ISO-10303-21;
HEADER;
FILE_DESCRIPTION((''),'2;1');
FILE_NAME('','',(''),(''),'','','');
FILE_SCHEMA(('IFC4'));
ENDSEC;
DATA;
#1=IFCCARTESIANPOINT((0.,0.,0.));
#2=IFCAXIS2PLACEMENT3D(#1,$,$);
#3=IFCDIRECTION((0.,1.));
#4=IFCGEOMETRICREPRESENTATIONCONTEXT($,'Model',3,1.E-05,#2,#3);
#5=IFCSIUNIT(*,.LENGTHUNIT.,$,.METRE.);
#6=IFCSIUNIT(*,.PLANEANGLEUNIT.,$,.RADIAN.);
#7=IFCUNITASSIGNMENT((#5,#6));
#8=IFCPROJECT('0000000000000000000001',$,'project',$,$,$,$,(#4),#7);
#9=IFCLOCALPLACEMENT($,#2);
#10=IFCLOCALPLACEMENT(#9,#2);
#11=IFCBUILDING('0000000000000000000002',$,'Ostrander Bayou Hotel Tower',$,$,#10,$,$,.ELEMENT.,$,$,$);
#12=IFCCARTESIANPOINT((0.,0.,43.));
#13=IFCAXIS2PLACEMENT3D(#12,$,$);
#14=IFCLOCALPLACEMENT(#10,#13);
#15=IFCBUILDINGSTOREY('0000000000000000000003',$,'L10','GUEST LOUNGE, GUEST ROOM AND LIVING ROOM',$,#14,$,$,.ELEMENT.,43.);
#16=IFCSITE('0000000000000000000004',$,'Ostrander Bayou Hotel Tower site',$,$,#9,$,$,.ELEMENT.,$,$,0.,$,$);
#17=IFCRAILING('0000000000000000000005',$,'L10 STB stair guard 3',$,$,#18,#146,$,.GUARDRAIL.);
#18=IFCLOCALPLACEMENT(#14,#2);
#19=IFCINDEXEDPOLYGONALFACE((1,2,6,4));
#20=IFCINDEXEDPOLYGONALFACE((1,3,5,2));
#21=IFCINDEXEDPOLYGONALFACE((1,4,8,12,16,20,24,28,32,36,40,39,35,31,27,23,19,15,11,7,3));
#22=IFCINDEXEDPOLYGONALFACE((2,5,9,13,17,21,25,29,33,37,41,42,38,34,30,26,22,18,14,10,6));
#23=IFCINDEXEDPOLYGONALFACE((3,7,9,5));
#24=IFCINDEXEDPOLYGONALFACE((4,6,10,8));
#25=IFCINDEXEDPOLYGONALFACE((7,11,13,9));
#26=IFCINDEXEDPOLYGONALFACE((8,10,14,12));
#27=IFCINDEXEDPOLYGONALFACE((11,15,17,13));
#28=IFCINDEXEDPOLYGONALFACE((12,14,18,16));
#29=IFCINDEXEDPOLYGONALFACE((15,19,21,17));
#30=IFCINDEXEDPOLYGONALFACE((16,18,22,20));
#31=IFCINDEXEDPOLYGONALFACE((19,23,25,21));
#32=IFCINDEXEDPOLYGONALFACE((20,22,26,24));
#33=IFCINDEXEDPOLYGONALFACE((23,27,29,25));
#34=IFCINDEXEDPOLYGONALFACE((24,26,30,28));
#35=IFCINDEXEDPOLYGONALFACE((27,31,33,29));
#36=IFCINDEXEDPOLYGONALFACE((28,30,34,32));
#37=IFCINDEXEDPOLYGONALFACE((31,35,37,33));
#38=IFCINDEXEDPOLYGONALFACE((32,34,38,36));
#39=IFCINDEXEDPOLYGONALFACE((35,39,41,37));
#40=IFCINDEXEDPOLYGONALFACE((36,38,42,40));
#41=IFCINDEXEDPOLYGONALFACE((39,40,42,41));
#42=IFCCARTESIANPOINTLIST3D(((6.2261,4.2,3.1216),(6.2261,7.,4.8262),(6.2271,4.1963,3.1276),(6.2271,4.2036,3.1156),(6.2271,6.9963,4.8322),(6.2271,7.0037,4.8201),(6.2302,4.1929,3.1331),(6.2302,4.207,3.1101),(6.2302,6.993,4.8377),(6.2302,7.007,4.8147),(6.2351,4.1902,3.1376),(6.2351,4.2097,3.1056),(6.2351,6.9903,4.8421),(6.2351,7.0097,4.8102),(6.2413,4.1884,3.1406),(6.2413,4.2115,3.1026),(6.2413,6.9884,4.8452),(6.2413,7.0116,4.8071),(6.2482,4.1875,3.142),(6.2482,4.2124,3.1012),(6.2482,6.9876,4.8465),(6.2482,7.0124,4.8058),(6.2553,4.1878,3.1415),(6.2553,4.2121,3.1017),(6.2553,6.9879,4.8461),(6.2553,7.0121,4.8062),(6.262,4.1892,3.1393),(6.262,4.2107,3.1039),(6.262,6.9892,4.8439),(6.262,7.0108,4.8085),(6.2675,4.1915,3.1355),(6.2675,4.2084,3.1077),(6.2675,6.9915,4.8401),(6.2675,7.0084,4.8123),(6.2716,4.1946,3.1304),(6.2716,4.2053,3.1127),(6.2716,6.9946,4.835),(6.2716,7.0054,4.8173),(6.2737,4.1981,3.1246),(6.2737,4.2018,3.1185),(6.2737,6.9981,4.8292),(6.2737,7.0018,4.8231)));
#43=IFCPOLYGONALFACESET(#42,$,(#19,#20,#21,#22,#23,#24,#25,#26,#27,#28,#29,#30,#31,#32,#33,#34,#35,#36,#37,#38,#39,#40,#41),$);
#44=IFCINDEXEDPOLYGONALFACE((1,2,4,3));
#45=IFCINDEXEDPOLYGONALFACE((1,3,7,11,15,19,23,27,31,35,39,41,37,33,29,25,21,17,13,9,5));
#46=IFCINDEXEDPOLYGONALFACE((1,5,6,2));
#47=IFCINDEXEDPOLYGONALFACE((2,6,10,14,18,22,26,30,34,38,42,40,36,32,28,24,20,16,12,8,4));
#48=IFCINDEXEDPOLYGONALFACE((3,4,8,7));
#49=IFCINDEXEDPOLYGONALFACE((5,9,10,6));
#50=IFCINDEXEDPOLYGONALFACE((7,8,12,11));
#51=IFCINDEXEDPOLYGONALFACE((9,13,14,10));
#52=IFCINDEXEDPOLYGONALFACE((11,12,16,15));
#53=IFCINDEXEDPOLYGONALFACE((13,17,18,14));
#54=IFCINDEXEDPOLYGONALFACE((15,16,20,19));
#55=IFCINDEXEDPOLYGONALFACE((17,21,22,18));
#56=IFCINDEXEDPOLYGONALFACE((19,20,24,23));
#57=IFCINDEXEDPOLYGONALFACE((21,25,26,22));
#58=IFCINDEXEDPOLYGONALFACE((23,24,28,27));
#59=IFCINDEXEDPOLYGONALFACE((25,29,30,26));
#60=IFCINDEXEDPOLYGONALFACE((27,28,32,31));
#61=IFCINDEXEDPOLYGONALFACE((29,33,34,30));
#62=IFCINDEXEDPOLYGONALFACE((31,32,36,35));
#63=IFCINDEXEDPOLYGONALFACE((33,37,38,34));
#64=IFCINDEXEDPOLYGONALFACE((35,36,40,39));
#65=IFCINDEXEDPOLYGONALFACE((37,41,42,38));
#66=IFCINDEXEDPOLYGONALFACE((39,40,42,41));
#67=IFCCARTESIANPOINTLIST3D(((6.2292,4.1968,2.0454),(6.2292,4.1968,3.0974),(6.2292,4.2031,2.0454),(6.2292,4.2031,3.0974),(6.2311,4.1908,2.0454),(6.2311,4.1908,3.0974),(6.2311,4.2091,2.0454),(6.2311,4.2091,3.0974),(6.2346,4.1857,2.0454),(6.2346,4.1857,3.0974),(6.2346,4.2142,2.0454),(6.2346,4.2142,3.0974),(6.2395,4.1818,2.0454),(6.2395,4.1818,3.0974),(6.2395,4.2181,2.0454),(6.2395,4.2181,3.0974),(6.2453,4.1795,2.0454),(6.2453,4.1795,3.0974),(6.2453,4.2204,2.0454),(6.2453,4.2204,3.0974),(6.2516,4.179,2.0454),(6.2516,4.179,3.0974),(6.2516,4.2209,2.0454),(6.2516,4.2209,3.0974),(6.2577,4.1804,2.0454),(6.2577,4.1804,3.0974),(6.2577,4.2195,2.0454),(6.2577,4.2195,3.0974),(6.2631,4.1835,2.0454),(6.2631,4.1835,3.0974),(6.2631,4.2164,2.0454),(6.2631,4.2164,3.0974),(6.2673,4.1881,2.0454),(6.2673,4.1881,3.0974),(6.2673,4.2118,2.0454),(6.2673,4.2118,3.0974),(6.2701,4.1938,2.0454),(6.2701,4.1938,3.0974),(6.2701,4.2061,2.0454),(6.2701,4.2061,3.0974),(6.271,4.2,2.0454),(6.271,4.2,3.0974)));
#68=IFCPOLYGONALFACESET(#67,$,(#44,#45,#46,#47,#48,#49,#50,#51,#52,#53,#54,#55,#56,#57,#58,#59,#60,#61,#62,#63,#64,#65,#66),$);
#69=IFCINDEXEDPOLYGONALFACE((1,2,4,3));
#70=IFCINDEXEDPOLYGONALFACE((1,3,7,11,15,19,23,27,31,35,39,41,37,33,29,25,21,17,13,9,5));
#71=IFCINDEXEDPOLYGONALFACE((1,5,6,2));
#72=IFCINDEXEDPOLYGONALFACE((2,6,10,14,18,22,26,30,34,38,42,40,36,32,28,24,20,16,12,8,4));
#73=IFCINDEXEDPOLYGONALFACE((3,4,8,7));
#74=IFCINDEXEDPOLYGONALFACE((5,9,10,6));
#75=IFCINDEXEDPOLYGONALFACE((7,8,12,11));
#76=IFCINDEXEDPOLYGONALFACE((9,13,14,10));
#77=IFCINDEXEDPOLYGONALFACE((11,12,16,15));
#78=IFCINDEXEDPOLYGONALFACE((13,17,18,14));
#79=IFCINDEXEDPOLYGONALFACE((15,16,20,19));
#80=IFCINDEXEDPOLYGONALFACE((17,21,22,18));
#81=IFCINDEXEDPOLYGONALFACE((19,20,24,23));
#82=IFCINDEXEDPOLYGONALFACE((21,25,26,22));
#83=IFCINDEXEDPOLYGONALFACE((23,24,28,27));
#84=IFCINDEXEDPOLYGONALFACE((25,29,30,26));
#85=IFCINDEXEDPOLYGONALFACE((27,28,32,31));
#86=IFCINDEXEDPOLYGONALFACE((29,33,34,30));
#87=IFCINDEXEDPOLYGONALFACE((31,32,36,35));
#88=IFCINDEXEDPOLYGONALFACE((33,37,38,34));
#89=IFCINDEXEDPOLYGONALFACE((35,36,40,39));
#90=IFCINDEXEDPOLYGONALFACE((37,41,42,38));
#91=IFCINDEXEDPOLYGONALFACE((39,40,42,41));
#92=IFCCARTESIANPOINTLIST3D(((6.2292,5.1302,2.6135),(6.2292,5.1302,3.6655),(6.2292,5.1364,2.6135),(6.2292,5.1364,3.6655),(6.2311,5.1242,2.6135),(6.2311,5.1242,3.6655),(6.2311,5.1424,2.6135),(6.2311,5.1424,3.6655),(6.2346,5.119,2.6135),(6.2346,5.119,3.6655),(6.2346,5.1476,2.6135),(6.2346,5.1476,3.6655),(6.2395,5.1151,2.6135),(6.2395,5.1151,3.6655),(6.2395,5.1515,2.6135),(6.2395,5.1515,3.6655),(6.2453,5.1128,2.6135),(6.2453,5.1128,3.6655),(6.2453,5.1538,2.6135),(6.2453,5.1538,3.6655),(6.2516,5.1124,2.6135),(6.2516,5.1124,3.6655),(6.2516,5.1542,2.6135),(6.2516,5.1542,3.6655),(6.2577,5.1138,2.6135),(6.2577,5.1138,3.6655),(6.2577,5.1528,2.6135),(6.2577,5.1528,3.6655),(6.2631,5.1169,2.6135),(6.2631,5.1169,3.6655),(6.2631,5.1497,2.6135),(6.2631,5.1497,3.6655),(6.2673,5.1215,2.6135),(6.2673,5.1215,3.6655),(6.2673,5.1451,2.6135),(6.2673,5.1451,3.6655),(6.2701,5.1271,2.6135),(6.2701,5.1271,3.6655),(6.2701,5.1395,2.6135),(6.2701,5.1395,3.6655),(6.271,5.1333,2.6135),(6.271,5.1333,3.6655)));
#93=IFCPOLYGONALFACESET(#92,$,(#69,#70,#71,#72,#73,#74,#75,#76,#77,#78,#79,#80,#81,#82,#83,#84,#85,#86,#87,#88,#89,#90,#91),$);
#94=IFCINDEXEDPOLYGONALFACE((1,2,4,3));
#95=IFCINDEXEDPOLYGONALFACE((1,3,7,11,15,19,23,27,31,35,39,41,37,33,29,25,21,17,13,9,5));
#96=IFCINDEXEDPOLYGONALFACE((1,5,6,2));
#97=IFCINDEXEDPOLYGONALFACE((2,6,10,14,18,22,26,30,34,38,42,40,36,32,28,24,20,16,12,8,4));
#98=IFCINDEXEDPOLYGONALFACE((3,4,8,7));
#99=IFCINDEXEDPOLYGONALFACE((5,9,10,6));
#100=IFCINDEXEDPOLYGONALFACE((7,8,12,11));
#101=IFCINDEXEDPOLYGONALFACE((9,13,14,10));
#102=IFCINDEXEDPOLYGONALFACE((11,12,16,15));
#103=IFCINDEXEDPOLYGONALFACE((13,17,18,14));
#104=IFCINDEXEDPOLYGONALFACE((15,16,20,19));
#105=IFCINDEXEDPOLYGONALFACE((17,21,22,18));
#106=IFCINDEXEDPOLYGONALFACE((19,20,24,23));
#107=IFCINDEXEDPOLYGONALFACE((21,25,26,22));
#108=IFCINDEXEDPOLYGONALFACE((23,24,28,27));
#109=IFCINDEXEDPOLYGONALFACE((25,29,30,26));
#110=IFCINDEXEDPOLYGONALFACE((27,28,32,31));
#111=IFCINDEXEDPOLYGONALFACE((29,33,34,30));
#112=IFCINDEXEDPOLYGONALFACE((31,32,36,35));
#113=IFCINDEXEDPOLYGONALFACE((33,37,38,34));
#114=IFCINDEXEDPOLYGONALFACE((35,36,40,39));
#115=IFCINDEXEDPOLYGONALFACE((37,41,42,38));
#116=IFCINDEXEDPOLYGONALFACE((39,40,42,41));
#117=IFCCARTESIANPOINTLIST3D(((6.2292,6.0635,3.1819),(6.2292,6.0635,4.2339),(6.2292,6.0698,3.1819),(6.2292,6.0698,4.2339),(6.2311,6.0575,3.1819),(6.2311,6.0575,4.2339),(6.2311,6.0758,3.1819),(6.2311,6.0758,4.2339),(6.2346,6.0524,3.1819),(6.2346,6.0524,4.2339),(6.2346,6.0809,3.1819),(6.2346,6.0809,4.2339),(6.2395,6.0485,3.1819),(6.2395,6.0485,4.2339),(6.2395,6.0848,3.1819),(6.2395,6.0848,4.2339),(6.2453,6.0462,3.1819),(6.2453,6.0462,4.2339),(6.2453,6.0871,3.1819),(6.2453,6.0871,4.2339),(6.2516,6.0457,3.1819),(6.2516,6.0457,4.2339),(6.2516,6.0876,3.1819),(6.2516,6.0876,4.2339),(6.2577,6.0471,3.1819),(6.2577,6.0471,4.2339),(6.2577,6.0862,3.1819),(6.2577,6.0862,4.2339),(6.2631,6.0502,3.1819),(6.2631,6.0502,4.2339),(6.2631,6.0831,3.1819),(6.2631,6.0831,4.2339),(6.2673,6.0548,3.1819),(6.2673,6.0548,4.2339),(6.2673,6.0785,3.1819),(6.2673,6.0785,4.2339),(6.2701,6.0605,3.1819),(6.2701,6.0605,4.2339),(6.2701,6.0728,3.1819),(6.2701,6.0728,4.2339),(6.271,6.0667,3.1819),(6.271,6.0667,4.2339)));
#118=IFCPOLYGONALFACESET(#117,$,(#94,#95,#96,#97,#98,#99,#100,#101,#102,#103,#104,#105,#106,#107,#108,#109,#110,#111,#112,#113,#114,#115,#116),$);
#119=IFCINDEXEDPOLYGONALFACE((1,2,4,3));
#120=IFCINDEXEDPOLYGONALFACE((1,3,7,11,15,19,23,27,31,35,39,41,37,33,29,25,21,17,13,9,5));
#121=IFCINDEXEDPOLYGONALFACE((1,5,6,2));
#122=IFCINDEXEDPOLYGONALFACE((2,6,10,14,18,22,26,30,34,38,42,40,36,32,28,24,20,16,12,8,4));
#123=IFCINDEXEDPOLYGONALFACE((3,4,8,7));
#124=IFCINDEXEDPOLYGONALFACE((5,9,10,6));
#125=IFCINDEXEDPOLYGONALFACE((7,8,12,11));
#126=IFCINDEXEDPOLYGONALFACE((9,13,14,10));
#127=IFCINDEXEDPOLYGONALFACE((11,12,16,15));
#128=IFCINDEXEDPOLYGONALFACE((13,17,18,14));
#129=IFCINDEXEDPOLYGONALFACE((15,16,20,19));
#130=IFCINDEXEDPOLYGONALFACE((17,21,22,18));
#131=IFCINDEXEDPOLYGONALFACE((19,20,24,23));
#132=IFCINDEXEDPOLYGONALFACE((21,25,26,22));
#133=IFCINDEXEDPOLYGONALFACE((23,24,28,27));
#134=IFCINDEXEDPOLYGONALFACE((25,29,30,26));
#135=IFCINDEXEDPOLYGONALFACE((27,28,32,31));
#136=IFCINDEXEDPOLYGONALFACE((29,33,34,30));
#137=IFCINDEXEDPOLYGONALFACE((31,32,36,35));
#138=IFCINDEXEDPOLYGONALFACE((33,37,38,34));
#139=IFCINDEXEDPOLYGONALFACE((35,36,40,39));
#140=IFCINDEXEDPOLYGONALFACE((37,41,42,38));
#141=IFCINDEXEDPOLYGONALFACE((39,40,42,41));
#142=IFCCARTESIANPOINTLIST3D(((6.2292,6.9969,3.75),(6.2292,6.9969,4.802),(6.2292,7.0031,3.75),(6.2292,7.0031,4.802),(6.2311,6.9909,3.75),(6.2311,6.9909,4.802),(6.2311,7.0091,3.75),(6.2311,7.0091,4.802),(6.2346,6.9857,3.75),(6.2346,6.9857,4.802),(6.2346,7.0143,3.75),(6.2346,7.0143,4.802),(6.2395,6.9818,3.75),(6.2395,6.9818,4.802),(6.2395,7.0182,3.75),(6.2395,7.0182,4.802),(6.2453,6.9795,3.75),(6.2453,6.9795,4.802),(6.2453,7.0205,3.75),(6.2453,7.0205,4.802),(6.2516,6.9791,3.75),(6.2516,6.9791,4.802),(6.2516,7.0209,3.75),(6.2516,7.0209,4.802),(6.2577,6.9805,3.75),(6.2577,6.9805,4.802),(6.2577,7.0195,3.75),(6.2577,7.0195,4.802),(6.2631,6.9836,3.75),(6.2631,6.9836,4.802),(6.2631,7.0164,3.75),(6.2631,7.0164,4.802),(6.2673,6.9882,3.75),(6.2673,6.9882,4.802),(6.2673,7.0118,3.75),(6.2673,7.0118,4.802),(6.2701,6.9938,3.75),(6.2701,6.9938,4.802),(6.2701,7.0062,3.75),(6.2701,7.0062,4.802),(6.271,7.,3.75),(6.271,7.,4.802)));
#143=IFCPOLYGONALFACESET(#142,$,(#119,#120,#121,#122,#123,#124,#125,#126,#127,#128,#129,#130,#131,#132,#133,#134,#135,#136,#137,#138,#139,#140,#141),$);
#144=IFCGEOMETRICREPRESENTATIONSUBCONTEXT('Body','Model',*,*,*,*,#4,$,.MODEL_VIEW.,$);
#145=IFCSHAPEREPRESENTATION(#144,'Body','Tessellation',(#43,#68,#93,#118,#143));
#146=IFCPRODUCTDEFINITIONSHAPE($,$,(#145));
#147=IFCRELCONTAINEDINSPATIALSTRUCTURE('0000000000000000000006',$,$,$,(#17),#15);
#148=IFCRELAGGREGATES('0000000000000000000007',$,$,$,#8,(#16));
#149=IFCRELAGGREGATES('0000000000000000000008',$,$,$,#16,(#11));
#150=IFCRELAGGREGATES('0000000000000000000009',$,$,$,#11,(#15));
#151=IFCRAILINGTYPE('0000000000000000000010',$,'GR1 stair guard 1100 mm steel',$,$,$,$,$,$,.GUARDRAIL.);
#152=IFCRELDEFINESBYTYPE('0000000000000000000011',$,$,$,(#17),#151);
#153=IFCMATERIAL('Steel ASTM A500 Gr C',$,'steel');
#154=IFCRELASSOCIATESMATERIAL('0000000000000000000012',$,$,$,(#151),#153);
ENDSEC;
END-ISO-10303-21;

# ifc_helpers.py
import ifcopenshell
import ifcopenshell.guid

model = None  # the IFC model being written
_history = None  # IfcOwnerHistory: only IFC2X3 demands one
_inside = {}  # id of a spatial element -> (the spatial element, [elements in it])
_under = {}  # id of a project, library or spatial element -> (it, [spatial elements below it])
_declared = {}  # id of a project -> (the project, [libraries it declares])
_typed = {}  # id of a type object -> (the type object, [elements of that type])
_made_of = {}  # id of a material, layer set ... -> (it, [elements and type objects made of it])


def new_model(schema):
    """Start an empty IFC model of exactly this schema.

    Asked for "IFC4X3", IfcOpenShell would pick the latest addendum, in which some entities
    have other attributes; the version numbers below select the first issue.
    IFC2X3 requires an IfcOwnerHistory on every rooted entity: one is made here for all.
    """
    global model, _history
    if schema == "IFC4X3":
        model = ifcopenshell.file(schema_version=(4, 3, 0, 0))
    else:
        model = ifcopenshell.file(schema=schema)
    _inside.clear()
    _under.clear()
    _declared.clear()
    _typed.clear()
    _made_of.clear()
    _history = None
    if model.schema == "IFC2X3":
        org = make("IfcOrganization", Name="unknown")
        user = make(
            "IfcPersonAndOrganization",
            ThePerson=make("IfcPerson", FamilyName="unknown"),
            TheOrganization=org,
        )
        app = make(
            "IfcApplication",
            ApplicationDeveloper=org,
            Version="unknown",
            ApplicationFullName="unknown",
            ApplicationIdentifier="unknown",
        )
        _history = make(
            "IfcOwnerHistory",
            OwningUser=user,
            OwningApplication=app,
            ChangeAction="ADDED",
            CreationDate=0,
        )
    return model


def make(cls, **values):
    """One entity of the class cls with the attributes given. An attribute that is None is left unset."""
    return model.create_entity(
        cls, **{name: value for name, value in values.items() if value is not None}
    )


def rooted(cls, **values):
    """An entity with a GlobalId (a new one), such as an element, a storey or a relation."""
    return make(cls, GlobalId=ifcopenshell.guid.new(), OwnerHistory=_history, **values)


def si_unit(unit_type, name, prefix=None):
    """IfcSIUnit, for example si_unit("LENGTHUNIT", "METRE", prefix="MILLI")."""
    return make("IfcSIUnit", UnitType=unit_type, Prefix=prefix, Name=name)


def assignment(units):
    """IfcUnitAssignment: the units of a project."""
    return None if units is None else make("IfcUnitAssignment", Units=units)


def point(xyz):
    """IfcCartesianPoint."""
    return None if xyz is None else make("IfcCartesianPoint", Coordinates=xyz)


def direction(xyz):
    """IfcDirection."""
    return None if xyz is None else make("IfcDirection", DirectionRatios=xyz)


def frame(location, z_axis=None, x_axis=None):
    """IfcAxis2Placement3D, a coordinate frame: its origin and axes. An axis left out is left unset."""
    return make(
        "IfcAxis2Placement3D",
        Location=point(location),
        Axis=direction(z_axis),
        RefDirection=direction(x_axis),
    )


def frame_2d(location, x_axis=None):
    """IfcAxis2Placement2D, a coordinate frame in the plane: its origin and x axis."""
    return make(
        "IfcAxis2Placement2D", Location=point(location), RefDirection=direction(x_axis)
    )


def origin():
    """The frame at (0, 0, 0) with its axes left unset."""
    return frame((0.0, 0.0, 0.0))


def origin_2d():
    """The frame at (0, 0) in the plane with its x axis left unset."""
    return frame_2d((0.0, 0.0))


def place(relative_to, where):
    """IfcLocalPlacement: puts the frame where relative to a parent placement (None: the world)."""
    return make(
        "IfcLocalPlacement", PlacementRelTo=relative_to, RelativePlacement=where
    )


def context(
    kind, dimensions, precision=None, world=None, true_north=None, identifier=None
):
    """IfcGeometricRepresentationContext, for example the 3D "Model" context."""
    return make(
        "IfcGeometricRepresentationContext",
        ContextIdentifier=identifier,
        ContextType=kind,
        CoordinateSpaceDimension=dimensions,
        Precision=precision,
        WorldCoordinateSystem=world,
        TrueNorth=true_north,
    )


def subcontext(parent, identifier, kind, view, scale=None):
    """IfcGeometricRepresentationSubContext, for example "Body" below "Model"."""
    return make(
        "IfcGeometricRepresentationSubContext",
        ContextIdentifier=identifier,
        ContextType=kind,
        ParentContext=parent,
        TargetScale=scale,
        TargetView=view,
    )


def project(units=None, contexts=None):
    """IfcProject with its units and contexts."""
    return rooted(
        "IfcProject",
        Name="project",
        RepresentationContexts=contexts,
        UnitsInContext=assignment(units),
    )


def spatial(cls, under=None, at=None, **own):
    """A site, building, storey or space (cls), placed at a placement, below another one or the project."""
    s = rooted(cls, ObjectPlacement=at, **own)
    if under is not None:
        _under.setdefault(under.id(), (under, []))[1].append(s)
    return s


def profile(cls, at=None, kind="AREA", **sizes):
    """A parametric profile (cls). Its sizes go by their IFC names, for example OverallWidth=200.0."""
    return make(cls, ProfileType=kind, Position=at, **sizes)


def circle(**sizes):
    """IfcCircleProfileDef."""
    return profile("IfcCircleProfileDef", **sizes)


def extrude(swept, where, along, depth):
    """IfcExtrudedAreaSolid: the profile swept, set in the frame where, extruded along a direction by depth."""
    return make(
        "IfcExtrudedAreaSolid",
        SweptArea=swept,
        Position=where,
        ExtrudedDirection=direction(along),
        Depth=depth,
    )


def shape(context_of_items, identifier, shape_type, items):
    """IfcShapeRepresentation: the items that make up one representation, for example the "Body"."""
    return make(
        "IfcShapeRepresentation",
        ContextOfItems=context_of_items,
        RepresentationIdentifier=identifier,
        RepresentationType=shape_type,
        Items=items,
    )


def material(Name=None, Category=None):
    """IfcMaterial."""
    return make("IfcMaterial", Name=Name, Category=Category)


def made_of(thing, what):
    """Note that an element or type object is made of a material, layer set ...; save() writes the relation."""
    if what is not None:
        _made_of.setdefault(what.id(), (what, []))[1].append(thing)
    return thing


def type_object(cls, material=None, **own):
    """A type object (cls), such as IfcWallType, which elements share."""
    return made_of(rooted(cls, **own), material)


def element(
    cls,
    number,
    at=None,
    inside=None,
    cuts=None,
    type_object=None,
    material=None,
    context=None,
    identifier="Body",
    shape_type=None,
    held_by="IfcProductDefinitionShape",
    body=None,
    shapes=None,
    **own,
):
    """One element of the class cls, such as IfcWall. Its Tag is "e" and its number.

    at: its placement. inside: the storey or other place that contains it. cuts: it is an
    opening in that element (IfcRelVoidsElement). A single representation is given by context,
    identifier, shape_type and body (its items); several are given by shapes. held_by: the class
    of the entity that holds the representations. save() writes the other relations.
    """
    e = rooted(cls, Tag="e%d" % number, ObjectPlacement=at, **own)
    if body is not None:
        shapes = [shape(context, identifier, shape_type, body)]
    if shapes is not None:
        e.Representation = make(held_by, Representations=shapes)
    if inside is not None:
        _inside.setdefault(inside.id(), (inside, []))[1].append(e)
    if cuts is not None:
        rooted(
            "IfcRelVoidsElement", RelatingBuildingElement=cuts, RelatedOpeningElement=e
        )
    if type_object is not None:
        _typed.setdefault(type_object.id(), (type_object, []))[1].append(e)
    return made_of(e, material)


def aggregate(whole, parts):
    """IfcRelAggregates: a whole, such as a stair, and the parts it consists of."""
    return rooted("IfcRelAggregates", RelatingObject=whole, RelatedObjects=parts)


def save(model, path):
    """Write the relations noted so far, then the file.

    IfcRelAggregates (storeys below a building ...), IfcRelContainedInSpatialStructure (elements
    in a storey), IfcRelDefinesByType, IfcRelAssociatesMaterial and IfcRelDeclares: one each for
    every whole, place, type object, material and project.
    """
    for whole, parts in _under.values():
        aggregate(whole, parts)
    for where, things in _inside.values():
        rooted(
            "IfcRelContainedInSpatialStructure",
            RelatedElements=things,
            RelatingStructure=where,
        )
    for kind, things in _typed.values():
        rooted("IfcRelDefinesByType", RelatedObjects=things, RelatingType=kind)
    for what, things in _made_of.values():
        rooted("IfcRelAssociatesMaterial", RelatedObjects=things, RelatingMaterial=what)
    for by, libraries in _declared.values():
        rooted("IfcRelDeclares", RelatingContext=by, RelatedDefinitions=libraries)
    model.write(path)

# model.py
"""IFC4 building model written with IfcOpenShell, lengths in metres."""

from ifc_helpers import new_model, si_unit, direction, frame, origin, origin_2d, place, context, subcontext, project, spatial, circle, extrude, material, type_object, element, save


model = new_model("IFC4")

# Units and contexts
model_context = context("Model", 3, precision=1e-05, world=origin(), true_north=direction((0.0, 1.0)))
body_context = subcontext(model_context, "Body", "Model", "MODEL_VIEW")
ifc_project = project(units=[si_unit("LENGTHUNIT", "METRE"), si_unit("PLANEANGLEUNIT", "RADIAN")], contexts=[model_context])

# Site, building, storey
site_placement = place(None, origin())
site = spatial("IfcSite", under=ifc_project, at=site_placement, Name="Ostrander Bayou Hotel Tower site", CompositionType="ELEMENT", RefElevation=0.0)
building_placement = place(site_placement, origin())
building = spatial("IfcBuilding", under=site, at=building_placement, Name="Ostrander Bayou Hotel Tower", CompositionType="ELEMENT")
storey_placement = place(building_placement, frame((0.0, 0.0, 43.0)))
storey = spatial("IfcBuildingStorey", under=building, at=storey_placement, Name="L10", Description="GUEST LOUNGE, GUEST ROOM AND LIVING ROOM", CompositionType="ELEMENT", Elevation=43.0)

# Railing
ifc_material_1 = material(Name="Steel ASTM A500 Gr C", Category="steel")
railing_type_1 = type_object("IfcRailingType", Name="GR1 stair guard 1100 mm steel", PredefinedType="GUARDRAIL", material=ifc_material_1)
railing_1_placement = place(storey_placement, frame((6.25, 4.2, 2.0454)))
element("IfcRailing", 1, at=railing_1_placement, inside=storey, type_object=railing_type_1, Name="L10 STB stair guard 3", PredefinedType="GUARDRAIL", context=body_context, shape_type="SweptSolid", body=[
    extrude(circle(Radius=0.0239, at=origin_2d()), frame((0.0, 0.0, 1.0762), z_axis=(0.0, 0.85417, 0.519994), x_axis=(-1.0, 0.0, 0.0)), (0.0, 0.0, 1.0), 3.2781),
    extrude(circle(Radius=0.021, at=origin_2d()), origin(), (0.0, 0.0, 1.0), 1.052),
    extrude(circle(Radius=0.021, at=origin_2d()), frame((0.0, 0.9333, 0.5681)), (0.0, 0.0, 1.0), 1.052),
    extrude(circle(Radius=0.021, at=origin_2d()), frame((0.0, 1.8667, 1.1365)), (0.0, 0.0, 1.0), 1.052),
    extrude(circle(Radius=0.021, at=origin_2d()), frame((0.0, 2.8, 1.7046)), (0.0, 0.0, 1.0), 1.052),
])

save(model, "model.ifc")
